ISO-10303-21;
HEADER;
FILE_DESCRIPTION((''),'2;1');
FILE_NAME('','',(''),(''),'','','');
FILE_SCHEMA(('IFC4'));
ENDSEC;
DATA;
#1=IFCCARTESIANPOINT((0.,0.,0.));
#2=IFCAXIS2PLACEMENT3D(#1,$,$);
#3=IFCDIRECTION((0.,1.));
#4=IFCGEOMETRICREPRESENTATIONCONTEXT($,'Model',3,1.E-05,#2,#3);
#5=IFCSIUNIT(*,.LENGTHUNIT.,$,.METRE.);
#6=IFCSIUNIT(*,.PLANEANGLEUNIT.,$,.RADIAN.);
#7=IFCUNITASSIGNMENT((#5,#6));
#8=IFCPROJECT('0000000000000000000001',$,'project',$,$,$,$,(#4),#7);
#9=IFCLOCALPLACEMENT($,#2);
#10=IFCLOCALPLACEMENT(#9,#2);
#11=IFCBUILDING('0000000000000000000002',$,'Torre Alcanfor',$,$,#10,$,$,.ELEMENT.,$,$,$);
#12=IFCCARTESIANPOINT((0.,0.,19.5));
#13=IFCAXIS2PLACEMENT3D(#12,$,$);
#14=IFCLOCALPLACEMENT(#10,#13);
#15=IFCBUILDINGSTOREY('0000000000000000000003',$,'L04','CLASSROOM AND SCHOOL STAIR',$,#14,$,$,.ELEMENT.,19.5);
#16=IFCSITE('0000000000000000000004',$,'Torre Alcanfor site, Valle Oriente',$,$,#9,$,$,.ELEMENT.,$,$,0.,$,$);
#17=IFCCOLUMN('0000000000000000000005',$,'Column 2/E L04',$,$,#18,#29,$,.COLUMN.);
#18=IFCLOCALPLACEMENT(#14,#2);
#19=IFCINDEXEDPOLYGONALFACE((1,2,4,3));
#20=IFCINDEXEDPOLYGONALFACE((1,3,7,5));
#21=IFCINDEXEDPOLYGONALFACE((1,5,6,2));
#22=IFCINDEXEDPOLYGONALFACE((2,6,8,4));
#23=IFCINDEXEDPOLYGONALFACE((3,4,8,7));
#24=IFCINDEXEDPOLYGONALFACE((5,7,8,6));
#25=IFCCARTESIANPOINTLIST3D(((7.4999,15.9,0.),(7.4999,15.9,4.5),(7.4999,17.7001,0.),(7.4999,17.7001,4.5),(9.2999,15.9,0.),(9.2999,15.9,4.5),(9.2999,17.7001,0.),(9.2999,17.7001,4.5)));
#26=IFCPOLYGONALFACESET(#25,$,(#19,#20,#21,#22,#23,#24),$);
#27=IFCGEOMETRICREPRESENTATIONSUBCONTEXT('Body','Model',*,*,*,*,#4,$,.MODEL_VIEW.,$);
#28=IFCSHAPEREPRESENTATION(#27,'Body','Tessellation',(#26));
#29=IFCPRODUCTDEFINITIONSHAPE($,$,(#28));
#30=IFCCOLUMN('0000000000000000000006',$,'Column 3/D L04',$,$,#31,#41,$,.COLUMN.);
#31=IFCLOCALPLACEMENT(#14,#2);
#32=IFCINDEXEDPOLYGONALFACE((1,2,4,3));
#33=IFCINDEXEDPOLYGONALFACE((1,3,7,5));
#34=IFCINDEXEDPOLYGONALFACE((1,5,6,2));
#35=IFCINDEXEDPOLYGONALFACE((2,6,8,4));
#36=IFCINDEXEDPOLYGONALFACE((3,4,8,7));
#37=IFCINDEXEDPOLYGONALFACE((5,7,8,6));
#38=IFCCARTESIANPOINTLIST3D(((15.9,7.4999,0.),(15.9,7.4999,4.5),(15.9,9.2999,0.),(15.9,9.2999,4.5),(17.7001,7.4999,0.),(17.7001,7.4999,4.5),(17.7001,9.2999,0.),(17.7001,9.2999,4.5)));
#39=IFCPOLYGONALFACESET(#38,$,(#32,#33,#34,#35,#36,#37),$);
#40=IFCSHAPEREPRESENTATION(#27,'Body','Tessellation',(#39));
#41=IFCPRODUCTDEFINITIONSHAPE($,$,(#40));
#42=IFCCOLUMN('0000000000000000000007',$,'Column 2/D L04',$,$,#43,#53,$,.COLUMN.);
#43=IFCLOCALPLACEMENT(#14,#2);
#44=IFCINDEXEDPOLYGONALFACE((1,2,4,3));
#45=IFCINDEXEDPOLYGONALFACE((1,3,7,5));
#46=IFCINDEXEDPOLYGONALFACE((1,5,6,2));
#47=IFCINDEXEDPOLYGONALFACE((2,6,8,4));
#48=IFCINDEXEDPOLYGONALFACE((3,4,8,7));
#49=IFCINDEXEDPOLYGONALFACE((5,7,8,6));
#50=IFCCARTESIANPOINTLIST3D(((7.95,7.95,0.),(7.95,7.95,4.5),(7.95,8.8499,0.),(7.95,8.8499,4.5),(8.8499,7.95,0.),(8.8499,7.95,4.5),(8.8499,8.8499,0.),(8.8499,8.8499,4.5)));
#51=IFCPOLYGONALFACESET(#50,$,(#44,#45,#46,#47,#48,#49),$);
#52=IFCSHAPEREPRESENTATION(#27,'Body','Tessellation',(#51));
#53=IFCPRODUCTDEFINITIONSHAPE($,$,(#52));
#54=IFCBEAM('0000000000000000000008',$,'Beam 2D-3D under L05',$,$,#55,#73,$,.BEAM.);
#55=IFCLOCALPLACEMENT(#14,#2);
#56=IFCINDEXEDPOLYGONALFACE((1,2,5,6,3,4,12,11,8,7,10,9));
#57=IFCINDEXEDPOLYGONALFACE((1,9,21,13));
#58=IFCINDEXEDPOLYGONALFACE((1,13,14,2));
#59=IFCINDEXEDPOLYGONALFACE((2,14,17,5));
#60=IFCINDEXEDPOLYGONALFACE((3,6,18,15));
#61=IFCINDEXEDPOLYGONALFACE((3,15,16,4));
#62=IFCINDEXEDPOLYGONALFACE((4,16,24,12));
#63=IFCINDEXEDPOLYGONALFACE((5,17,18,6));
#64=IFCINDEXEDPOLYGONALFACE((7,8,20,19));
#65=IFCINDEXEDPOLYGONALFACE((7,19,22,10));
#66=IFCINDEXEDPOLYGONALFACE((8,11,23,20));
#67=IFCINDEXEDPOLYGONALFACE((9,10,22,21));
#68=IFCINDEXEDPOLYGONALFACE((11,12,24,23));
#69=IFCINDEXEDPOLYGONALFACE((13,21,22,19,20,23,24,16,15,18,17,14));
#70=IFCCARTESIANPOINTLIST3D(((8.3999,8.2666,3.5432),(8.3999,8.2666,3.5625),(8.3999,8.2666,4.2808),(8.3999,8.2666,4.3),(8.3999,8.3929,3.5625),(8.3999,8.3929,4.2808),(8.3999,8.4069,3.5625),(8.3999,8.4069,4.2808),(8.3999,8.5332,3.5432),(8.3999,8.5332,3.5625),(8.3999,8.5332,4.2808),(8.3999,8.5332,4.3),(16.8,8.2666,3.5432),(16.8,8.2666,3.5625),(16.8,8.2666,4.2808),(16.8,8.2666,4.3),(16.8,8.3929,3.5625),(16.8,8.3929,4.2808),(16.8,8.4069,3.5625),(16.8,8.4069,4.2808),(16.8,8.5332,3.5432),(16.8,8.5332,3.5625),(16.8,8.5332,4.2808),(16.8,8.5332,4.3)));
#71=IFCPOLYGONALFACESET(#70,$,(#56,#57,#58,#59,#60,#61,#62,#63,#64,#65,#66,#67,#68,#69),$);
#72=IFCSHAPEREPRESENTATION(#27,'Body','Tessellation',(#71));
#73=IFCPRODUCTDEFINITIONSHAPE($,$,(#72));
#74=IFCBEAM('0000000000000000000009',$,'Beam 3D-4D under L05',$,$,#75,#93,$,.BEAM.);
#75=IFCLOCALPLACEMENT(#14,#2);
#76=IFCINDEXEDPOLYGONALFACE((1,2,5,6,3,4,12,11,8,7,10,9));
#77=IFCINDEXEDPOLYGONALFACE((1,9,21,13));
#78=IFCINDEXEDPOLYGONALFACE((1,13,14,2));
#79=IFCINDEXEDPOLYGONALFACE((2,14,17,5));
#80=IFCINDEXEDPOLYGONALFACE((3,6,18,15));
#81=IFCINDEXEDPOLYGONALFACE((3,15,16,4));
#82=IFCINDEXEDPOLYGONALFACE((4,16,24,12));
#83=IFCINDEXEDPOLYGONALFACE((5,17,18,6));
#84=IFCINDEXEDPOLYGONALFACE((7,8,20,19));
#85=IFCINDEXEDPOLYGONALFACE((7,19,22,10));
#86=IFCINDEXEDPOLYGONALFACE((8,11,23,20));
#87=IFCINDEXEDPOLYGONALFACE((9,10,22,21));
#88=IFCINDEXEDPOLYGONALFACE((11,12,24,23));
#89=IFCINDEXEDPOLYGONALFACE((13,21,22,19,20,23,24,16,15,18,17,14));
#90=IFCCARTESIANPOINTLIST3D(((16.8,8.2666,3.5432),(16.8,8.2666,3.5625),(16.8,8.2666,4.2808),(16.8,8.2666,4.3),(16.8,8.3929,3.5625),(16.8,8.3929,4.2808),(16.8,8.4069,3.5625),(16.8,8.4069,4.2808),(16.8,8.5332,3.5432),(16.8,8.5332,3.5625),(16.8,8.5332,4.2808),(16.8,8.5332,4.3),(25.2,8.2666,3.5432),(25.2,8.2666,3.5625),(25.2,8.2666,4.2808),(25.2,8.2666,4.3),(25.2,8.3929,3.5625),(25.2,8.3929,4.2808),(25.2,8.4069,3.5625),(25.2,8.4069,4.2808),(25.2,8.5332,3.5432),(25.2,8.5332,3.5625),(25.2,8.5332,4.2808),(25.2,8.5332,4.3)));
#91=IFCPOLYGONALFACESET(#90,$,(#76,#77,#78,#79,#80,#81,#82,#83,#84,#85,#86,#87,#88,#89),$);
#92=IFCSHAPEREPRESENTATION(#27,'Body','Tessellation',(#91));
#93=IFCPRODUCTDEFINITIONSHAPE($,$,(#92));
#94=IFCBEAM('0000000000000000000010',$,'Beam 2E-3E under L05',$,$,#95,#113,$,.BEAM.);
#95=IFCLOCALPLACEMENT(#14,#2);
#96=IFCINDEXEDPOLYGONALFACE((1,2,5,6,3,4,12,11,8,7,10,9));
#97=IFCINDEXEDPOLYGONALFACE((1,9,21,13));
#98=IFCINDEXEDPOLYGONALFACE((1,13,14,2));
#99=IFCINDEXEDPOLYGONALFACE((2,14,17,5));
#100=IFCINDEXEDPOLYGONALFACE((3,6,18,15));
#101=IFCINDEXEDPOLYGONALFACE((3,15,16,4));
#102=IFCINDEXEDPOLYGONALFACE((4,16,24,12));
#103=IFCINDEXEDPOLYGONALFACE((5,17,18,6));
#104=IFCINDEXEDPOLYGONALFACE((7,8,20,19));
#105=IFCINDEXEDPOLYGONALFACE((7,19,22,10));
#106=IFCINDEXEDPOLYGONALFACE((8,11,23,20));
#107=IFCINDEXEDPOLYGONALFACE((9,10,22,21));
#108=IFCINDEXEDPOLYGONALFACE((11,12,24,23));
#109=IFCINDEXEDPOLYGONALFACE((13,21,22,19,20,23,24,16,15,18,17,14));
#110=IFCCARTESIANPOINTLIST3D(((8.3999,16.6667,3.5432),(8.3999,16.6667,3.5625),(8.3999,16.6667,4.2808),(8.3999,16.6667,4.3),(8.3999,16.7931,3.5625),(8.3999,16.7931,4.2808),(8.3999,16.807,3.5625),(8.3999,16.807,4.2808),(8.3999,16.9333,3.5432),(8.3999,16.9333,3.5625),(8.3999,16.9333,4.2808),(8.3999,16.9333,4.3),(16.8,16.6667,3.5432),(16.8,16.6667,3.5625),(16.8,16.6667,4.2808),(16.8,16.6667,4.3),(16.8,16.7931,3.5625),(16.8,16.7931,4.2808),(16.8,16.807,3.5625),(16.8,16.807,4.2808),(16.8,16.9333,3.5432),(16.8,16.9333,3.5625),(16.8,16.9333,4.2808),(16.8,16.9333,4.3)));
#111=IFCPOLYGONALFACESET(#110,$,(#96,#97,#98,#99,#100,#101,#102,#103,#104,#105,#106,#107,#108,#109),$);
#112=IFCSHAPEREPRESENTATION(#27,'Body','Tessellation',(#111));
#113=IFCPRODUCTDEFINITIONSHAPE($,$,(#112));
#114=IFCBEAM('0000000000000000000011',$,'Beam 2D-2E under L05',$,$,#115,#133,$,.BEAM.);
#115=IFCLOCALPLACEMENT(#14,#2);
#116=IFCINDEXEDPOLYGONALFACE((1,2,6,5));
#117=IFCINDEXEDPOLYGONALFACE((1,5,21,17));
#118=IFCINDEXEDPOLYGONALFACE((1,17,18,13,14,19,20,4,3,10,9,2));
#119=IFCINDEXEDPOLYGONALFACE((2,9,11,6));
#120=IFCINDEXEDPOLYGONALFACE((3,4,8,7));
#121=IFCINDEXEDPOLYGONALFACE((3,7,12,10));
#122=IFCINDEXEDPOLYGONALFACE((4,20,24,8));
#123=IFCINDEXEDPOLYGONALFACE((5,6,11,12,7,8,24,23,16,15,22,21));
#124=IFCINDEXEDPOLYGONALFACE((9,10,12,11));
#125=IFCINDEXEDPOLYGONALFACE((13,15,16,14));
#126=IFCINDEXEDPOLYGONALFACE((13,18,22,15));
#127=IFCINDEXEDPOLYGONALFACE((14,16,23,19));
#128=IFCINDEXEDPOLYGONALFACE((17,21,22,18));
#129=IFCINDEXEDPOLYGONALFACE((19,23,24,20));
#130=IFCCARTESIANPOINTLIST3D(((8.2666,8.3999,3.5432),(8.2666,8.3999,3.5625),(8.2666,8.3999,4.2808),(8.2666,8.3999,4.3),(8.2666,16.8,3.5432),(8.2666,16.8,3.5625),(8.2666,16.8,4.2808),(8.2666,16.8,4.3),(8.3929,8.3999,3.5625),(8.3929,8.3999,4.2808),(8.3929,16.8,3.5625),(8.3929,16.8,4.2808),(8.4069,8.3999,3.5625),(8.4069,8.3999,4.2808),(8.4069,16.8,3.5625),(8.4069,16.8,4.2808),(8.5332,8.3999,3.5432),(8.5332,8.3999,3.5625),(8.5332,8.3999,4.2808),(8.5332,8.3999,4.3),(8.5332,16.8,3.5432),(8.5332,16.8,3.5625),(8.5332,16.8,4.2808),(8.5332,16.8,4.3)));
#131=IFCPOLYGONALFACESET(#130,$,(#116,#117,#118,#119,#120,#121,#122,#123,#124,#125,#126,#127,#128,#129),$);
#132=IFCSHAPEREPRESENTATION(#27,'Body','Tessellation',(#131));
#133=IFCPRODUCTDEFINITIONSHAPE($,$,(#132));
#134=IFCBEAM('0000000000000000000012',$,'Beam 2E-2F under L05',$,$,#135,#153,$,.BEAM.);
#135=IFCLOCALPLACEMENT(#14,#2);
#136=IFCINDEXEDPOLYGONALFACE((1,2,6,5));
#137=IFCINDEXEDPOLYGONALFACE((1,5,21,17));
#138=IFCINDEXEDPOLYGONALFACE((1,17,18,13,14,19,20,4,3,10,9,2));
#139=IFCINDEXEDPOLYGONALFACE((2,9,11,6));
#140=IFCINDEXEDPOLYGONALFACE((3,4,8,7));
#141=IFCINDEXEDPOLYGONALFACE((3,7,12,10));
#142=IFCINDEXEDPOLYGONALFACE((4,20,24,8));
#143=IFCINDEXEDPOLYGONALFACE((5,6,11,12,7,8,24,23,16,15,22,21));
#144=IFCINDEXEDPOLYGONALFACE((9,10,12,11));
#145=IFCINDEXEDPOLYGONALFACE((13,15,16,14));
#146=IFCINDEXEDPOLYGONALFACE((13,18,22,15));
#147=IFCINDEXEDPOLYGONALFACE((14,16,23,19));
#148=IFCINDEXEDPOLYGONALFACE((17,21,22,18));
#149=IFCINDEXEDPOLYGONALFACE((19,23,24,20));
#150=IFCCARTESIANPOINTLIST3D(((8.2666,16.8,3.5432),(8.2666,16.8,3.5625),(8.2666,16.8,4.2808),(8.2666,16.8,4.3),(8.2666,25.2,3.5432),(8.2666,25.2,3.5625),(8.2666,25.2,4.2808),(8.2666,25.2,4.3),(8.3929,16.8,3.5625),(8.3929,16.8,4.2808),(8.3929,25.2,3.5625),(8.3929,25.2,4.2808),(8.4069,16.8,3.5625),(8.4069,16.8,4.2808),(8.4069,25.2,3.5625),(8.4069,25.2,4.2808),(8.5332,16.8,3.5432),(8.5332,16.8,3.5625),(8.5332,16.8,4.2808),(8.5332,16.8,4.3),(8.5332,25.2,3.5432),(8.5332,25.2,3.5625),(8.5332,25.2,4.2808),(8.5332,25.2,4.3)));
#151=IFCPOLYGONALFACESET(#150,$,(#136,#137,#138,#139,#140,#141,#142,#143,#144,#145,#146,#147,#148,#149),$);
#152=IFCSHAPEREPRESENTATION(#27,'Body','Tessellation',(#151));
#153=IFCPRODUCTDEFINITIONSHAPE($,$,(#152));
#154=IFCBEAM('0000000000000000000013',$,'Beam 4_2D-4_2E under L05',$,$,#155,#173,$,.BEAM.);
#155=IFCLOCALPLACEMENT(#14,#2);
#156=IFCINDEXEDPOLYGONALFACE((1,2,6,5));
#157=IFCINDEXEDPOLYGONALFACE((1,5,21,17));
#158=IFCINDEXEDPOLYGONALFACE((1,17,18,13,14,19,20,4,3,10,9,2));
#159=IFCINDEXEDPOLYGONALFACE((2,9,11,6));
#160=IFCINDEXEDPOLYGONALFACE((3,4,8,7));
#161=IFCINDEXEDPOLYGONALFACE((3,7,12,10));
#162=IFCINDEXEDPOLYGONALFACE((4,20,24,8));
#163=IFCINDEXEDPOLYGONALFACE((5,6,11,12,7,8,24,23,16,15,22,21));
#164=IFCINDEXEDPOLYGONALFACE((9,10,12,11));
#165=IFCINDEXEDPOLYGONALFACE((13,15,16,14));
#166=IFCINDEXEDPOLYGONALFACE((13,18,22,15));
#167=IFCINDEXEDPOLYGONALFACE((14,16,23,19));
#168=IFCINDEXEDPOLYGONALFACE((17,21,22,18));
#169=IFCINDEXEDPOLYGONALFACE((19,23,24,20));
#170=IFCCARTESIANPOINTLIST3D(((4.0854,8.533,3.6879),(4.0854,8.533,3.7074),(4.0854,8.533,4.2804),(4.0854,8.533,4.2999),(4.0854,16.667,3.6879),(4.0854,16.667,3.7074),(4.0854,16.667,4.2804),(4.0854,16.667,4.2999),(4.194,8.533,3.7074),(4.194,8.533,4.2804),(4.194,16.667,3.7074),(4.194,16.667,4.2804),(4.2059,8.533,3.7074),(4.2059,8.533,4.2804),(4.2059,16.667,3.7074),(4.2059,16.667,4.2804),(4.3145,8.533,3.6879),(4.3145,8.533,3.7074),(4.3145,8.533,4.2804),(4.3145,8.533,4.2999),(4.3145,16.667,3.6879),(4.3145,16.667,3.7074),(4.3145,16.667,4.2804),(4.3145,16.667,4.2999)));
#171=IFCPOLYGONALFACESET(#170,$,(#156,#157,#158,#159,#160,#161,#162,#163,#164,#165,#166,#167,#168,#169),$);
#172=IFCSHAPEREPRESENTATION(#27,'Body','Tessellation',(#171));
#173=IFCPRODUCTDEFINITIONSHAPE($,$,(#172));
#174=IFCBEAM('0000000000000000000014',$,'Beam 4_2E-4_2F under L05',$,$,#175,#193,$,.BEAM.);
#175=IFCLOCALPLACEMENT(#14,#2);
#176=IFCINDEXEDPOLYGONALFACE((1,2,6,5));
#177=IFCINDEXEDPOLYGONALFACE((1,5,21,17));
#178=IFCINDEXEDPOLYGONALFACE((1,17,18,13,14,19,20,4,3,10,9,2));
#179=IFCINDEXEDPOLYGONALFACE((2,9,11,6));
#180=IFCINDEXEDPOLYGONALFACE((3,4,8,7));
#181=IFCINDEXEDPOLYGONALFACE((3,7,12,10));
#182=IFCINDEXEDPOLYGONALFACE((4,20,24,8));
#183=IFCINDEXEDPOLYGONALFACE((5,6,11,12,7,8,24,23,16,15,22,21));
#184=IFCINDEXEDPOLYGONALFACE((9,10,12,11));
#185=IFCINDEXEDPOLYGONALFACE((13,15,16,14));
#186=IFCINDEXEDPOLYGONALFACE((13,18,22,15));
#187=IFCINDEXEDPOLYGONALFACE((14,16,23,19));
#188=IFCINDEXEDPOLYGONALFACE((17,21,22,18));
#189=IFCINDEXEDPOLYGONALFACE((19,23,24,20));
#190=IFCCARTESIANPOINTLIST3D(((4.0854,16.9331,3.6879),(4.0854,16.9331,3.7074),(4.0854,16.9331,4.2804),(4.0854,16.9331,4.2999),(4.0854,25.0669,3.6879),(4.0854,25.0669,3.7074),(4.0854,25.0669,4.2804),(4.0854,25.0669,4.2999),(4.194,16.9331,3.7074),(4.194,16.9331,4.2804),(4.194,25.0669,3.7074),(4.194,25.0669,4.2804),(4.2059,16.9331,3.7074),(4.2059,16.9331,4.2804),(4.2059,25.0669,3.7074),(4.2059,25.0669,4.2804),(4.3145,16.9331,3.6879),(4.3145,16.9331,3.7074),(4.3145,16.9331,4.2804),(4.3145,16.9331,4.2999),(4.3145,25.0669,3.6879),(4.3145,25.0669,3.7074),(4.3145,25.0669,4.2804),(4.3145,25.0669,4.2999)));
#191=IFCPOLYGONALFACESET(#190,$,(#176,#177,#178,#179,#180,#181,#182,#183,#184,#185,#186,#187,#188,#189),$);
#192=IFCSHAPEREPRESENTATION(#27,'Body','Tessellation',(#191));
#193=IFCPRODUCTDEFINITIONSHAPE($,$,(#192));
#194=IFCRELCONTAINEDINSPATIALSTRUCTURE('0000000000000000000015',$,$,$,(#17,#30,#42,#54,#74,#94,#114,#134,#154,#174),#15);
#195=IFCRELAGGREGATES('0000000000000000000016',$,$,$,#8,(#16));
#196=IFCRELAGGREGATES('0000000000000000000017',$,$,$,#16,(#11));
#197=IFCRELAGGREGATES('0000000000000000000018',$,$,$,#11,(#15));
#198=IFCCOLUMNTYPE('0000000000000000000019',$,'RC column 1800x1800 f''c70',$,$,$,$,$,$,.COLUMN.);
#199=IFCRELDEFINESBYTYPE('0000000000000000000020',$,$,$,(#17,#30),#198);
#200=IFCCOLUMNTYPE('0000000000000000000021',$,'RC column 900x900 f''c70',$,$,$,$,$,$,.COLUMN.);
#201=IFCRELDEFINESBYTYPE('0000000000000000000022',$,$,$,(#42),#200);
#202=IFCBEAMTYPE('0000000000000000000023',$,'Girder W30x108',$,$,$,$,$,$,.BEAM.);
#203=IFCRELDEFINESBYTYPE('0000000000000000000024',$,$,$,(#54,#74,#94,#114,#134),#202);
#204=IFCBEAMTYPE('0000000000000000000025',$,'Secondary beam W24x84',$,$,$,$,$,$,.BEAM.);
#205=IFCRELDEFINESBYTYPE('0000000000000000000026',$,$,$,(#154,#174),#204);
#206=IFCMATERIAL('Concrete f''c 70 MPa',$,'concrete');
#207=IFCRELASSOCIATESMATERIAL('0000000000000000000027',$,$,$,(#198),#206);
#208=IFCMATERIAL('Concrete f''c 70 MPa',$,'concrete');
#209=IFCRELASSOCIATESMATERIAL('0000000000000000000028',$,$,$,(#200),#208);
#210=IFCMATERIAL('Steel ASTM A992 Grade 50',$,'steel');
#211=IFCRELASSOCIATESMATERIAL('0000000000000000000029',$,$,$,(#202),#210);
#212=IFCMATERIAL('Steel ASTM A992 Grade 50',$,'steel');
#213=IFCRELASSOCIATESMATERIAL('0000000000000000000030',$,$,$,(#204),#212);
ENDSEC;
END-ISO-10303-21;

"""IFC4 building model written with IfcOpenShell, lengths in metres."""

from ifc_helpers import new_model, si_unit, direction, frame, origin, origin_2d, place, context, subcontext, project, spatial, rectangle, i_section, extrude, material, material_profile, profile_set, type_object, element, save


model = new_model("IFC4")

# Units and contexts
model_context = context("Model", 3, precision=1e-05, world=origin(), true_north=direction((0.0, 1.0)))
body_context = subcontext(model_context, "Body", "Model", "MODEL_VIEW")
ifc_project = project(units=[si_unit("LENGTHUNIT", "METRE"), si_unit("PLANEANGLEUNIT", "RADIAN")], contexts=[model_context])

# Site, building, storey
site_placement = place(None, origin())
site = spatial("IfcSite", under=ifc_project, at=site_placement, Name="Torre Alcanfor site, Valle Oriente", CompositionType="ELEMENT", RefElevation=0.0)
building_placement = place(site_placement, origin())
building = spatial("IfcBuilding", under=site, at=building_placement, Name="Torre Alcanfor", CompositionType="ELEMENT")
storey_placement = place(building_placement, frame((0.0, 0.0, 19.5)))
storey = spatial("IfcBuildingStorey", under=building, at=storey_placement, Name="L04", Description="CLASSROOM AND SCHOOL STAIR", CompositionType="ELEMENT", Elevation=19.5)

# Columns
ifc_material_1 = material(Name="Concrete f'c 70 MPa", Category="concrete")
ifc_material_profile_1 = material_profile(ifc_material_1, rectangle(XDim=1.8, YDim=1.8, at=origin_2d()), Name="1800x1800")
ifc_profile_set_1 = profile_set([ifc_material_profile_1], Name="Concrete f'c 70 MPa")
column_type_1 = type_object("IfcColumnType", Name="RC column 1800x1800 f'c70", PredefinedType="COLUMN", material=ifc_profile_set_1)
for number, where, z_axis, x_axis, name in (
    (1, (8.3999, 16.8, 0.0), (0.0, 0.0, 1.0), (1.0, 0.0, 0.0), "Column 2/E L04"),
    (2, (16.8, 8.3999, 0.0), (0.0, 0.0, 1.0), (1.0, 0.0, 0.0), "Column 3/D L04"),
):
    element("IfcColumn", number, at=place(storey_placement, frame(where, z_axis=z_axis, x_axis=x_axis)), inside=storey, type_object=column_type_1, Name=name, PredefinedType="COLUMN", context=body_context, shape_type="SweptSolid", body=[
        extrude(rectangle(XDim=1.8, YDim=1.8, at=origin_2d()), origin(), (0.0, 0.0, 1.0), 4.5),
    ])
ifc_material_2 = material(Name="Concrete f'c 70 MPa", Category="concrete")
ifc_material_profile_2 = material_profile(ifc_material_2, rectangle(XDim=0.8999, YDim=0.8999, at=origin_2d()), Name="900x900")
ifc_profile_set_2 = profile_set([ifc_material_profile_2], Name="Concrete f'c 70 MPa")
column_type_2 = type_object("IfcColumnType", Name="RC column 900x900 f'c70", PredefinedType="COLUMN", material=ifc_profile_set_2)
column_placement = place(storey_placement, frame((8.3999, 8.3999, 0.0), z_axis=(0.0, 0.0, 1.0), x_axis=(1.0, 0.0, 0.0)))
element("IfcColumn", 3, at=column_placement, inside=storey, type_object=column_type_2, Name="Column 2/D L04", PredefinedType="COLUMN", context=body_context, shape_type="SweptSolid", body=[
    extrude(rectangle(XDim=0.8999, YDim=0.8999, at=origin_2d()), origin(), (0.0, 0.0, 1.0), 4.5),
])

# Beams
ifc_material_3 = material(Name="Steel ASTM A992 Grade 50", Category="steel")
ifc_material_profile_3 = material_profile(ifc_material_3, i_section(OverallWidth=0.2666, OverallDepth=0.7568, WebThickness=0.0139, FlangeThickness=0.0193, at=origin_2d()), Name="W30x108")
ifc_profile_set_3 = profile_set([ifc_material_profile_3], Name="Steel ASTM A992 Grade 50")
beam_type_1 = type_object("IfcBeamType", Name="Girder W30x108", PredefinedType="BEAM", material=ifc_profile_set_3)
beam_1_placement = place(storey_placement, frame((8.3999, 8.3999, 3.9216), z_axis=(1.0, 0.0, 0.0), x_axis=(0.0, 1.0, 0.0)))
element("IfcBeam", 4, at=beam_1_placement, inside=storey, type_object=beam_type_1, Name="Beam 2D-3D under L05", PredefinedType="BEAM", context=body_context, shape_type="SweptSolid", body=[
    extrude(i_section(OverallWidth=0.2666, OverallDepth=0.7568, WebThickness=0.0139, FlangeThickness=0.0193, at=origin_2d()), origin(), (0.0, 0.0, 1.0), 8.4001),
])
beam_2_placement = place(storey_placement, frame((16.8, 8.3999, 3.9216), z_axis=(1.0, 0.0, 0.0), x_axis=(0.0, 1.0, 0.0)))
element("IfcBeam", 5, at=beam_2_placement, inside=storey, type_object=beam_type_1, Name="Beam 3D-4D under L05", PredefinedType="BEAM", context=body_context, shape_type="SweptSolid", body=[
    extrude(i_section(OverallWidth=0.2666, OverallDepth=0.7568, WebThickness=0.0139, FlangeThickness=0.0193, at=origin_2d()), origin(), (0.0, 0.0, 1.0), 8.3999),
])
for number, where, z_axis, x_axis, name in (
    (6, (8.3999, 16.8, 3.9216), (1.0, 0.0, 0.0), (0.0, 1.0, 0.0), "Beam 2E-3E under L05"),
    (7, (8.3999, 8.3999, 3.9216), (0.0, 1.0, 0.0), (-1.0, 0.0, 0.0), "Beam 2D-2E under L05"),
):
    element("IfcBeam", number, at=place(storey_placement, frame(where, z_axis=z_axis, x_axis=x_axis)), inside=storey, type_object=beam_type_1, Name=name, PredefinedType="BEAM", context=body_context, shape_type="SweptSolid", body=[
        extrude(i_section(OverallWidth=0.2666, OverallDepth=0.7568, WebThickness=0.0139, FlangeThickness=0.0193, at=origin_2d()), origin(), (0.0, 0.0, 1.0), 8.4001),
    ])
beam_3_placement = place(storey_placement, frame((8.3999, 16.8, 3.9216), z_axis=(0.0, 1.0, 0.0), x_axis=(-1.0, 0.0, 0.0)))
element("IfcBeam", 8, at=beam_3_placement, inside=storey, type_object=beam_type_1, Name="Beam 2E-2F under L05", PredefinedType="BEAM", context=body_context, shape_type="SweptSolid", body=[
    extrude(i_section(OverallWidth=0.2666, OverallDepth=0.7568, WebThickness=0.0139, FlangeThickness=0.0193, at=origin_2d()), origin(), (0.0, 0.0, 1.0), 8.3999),
])
ifc_material_4 = material(Name="Steel ASTM A992 Grade 50", Category="steel")
ifc_material_profile_4 = material_profile(ifc_material_4, i_section(OverallWidth=0.229, OverallDepth=0.6121, WebThickness=0.012, FlangeThickness=0.0195, at=origin_2d()), Name="W24x84")
ifc_profile_set_4 = profile_set([ifc_material_profile_4], Name="Steel ASTM A992 Grade 50")
beam_type_2 = type_object("IfcBeamType", Name="Secondary beam W24x84", PredefinedType="BEAM", material=ifc_profile_set_4)
beam_4_placement = place(storey_placement, frame((4.2, 8.533, 3.9939), z_axis=(0.0, 1.0, 0.0), x_axis=(-1.0, 0.0, 0.0)))
element("IfcBeam", 9, at=beam_4_placement, inside=storey, type_object=beam_type_2, Name="Beam 4_2D-4_2E under L05", PredefinedType="BEAM", context=body_context, shape_type="SweptSolid", body=[
    extrude(i_section(OverallWidth=0.229, OverallDepth=0.6121, WebThickness=0.012, FlangeThickness=0.0195, at=origin_2d()), origin(), (0.0, 0.0, 1.0), 8.134),
])
beam_5_placement = place(storey_placement, frame((4.2, 16.9331, 3.9939), z_axis=(0.0, 1.0, 0.0), x_axis=(-1.0, 0.0, 0.0)))
element("IfcBeam", 10, at=beam_5_placement, inside=storey, type_object=beam_type_2, Name="Beam 4_2E-4_2F under L05", PredefinedType="BEAM", context=body_context, shape_type="SweptSolid", body=[
    extrude(i_section(OverallWidth=0.229, OverallDepth=0.6121, WebThickness=0.012, FlangeThickness=0.0195, at=origin_2d()), origin(), (0.0, 0.0, 1.0), 8.1338),
])

save(model, "model.ifc")
